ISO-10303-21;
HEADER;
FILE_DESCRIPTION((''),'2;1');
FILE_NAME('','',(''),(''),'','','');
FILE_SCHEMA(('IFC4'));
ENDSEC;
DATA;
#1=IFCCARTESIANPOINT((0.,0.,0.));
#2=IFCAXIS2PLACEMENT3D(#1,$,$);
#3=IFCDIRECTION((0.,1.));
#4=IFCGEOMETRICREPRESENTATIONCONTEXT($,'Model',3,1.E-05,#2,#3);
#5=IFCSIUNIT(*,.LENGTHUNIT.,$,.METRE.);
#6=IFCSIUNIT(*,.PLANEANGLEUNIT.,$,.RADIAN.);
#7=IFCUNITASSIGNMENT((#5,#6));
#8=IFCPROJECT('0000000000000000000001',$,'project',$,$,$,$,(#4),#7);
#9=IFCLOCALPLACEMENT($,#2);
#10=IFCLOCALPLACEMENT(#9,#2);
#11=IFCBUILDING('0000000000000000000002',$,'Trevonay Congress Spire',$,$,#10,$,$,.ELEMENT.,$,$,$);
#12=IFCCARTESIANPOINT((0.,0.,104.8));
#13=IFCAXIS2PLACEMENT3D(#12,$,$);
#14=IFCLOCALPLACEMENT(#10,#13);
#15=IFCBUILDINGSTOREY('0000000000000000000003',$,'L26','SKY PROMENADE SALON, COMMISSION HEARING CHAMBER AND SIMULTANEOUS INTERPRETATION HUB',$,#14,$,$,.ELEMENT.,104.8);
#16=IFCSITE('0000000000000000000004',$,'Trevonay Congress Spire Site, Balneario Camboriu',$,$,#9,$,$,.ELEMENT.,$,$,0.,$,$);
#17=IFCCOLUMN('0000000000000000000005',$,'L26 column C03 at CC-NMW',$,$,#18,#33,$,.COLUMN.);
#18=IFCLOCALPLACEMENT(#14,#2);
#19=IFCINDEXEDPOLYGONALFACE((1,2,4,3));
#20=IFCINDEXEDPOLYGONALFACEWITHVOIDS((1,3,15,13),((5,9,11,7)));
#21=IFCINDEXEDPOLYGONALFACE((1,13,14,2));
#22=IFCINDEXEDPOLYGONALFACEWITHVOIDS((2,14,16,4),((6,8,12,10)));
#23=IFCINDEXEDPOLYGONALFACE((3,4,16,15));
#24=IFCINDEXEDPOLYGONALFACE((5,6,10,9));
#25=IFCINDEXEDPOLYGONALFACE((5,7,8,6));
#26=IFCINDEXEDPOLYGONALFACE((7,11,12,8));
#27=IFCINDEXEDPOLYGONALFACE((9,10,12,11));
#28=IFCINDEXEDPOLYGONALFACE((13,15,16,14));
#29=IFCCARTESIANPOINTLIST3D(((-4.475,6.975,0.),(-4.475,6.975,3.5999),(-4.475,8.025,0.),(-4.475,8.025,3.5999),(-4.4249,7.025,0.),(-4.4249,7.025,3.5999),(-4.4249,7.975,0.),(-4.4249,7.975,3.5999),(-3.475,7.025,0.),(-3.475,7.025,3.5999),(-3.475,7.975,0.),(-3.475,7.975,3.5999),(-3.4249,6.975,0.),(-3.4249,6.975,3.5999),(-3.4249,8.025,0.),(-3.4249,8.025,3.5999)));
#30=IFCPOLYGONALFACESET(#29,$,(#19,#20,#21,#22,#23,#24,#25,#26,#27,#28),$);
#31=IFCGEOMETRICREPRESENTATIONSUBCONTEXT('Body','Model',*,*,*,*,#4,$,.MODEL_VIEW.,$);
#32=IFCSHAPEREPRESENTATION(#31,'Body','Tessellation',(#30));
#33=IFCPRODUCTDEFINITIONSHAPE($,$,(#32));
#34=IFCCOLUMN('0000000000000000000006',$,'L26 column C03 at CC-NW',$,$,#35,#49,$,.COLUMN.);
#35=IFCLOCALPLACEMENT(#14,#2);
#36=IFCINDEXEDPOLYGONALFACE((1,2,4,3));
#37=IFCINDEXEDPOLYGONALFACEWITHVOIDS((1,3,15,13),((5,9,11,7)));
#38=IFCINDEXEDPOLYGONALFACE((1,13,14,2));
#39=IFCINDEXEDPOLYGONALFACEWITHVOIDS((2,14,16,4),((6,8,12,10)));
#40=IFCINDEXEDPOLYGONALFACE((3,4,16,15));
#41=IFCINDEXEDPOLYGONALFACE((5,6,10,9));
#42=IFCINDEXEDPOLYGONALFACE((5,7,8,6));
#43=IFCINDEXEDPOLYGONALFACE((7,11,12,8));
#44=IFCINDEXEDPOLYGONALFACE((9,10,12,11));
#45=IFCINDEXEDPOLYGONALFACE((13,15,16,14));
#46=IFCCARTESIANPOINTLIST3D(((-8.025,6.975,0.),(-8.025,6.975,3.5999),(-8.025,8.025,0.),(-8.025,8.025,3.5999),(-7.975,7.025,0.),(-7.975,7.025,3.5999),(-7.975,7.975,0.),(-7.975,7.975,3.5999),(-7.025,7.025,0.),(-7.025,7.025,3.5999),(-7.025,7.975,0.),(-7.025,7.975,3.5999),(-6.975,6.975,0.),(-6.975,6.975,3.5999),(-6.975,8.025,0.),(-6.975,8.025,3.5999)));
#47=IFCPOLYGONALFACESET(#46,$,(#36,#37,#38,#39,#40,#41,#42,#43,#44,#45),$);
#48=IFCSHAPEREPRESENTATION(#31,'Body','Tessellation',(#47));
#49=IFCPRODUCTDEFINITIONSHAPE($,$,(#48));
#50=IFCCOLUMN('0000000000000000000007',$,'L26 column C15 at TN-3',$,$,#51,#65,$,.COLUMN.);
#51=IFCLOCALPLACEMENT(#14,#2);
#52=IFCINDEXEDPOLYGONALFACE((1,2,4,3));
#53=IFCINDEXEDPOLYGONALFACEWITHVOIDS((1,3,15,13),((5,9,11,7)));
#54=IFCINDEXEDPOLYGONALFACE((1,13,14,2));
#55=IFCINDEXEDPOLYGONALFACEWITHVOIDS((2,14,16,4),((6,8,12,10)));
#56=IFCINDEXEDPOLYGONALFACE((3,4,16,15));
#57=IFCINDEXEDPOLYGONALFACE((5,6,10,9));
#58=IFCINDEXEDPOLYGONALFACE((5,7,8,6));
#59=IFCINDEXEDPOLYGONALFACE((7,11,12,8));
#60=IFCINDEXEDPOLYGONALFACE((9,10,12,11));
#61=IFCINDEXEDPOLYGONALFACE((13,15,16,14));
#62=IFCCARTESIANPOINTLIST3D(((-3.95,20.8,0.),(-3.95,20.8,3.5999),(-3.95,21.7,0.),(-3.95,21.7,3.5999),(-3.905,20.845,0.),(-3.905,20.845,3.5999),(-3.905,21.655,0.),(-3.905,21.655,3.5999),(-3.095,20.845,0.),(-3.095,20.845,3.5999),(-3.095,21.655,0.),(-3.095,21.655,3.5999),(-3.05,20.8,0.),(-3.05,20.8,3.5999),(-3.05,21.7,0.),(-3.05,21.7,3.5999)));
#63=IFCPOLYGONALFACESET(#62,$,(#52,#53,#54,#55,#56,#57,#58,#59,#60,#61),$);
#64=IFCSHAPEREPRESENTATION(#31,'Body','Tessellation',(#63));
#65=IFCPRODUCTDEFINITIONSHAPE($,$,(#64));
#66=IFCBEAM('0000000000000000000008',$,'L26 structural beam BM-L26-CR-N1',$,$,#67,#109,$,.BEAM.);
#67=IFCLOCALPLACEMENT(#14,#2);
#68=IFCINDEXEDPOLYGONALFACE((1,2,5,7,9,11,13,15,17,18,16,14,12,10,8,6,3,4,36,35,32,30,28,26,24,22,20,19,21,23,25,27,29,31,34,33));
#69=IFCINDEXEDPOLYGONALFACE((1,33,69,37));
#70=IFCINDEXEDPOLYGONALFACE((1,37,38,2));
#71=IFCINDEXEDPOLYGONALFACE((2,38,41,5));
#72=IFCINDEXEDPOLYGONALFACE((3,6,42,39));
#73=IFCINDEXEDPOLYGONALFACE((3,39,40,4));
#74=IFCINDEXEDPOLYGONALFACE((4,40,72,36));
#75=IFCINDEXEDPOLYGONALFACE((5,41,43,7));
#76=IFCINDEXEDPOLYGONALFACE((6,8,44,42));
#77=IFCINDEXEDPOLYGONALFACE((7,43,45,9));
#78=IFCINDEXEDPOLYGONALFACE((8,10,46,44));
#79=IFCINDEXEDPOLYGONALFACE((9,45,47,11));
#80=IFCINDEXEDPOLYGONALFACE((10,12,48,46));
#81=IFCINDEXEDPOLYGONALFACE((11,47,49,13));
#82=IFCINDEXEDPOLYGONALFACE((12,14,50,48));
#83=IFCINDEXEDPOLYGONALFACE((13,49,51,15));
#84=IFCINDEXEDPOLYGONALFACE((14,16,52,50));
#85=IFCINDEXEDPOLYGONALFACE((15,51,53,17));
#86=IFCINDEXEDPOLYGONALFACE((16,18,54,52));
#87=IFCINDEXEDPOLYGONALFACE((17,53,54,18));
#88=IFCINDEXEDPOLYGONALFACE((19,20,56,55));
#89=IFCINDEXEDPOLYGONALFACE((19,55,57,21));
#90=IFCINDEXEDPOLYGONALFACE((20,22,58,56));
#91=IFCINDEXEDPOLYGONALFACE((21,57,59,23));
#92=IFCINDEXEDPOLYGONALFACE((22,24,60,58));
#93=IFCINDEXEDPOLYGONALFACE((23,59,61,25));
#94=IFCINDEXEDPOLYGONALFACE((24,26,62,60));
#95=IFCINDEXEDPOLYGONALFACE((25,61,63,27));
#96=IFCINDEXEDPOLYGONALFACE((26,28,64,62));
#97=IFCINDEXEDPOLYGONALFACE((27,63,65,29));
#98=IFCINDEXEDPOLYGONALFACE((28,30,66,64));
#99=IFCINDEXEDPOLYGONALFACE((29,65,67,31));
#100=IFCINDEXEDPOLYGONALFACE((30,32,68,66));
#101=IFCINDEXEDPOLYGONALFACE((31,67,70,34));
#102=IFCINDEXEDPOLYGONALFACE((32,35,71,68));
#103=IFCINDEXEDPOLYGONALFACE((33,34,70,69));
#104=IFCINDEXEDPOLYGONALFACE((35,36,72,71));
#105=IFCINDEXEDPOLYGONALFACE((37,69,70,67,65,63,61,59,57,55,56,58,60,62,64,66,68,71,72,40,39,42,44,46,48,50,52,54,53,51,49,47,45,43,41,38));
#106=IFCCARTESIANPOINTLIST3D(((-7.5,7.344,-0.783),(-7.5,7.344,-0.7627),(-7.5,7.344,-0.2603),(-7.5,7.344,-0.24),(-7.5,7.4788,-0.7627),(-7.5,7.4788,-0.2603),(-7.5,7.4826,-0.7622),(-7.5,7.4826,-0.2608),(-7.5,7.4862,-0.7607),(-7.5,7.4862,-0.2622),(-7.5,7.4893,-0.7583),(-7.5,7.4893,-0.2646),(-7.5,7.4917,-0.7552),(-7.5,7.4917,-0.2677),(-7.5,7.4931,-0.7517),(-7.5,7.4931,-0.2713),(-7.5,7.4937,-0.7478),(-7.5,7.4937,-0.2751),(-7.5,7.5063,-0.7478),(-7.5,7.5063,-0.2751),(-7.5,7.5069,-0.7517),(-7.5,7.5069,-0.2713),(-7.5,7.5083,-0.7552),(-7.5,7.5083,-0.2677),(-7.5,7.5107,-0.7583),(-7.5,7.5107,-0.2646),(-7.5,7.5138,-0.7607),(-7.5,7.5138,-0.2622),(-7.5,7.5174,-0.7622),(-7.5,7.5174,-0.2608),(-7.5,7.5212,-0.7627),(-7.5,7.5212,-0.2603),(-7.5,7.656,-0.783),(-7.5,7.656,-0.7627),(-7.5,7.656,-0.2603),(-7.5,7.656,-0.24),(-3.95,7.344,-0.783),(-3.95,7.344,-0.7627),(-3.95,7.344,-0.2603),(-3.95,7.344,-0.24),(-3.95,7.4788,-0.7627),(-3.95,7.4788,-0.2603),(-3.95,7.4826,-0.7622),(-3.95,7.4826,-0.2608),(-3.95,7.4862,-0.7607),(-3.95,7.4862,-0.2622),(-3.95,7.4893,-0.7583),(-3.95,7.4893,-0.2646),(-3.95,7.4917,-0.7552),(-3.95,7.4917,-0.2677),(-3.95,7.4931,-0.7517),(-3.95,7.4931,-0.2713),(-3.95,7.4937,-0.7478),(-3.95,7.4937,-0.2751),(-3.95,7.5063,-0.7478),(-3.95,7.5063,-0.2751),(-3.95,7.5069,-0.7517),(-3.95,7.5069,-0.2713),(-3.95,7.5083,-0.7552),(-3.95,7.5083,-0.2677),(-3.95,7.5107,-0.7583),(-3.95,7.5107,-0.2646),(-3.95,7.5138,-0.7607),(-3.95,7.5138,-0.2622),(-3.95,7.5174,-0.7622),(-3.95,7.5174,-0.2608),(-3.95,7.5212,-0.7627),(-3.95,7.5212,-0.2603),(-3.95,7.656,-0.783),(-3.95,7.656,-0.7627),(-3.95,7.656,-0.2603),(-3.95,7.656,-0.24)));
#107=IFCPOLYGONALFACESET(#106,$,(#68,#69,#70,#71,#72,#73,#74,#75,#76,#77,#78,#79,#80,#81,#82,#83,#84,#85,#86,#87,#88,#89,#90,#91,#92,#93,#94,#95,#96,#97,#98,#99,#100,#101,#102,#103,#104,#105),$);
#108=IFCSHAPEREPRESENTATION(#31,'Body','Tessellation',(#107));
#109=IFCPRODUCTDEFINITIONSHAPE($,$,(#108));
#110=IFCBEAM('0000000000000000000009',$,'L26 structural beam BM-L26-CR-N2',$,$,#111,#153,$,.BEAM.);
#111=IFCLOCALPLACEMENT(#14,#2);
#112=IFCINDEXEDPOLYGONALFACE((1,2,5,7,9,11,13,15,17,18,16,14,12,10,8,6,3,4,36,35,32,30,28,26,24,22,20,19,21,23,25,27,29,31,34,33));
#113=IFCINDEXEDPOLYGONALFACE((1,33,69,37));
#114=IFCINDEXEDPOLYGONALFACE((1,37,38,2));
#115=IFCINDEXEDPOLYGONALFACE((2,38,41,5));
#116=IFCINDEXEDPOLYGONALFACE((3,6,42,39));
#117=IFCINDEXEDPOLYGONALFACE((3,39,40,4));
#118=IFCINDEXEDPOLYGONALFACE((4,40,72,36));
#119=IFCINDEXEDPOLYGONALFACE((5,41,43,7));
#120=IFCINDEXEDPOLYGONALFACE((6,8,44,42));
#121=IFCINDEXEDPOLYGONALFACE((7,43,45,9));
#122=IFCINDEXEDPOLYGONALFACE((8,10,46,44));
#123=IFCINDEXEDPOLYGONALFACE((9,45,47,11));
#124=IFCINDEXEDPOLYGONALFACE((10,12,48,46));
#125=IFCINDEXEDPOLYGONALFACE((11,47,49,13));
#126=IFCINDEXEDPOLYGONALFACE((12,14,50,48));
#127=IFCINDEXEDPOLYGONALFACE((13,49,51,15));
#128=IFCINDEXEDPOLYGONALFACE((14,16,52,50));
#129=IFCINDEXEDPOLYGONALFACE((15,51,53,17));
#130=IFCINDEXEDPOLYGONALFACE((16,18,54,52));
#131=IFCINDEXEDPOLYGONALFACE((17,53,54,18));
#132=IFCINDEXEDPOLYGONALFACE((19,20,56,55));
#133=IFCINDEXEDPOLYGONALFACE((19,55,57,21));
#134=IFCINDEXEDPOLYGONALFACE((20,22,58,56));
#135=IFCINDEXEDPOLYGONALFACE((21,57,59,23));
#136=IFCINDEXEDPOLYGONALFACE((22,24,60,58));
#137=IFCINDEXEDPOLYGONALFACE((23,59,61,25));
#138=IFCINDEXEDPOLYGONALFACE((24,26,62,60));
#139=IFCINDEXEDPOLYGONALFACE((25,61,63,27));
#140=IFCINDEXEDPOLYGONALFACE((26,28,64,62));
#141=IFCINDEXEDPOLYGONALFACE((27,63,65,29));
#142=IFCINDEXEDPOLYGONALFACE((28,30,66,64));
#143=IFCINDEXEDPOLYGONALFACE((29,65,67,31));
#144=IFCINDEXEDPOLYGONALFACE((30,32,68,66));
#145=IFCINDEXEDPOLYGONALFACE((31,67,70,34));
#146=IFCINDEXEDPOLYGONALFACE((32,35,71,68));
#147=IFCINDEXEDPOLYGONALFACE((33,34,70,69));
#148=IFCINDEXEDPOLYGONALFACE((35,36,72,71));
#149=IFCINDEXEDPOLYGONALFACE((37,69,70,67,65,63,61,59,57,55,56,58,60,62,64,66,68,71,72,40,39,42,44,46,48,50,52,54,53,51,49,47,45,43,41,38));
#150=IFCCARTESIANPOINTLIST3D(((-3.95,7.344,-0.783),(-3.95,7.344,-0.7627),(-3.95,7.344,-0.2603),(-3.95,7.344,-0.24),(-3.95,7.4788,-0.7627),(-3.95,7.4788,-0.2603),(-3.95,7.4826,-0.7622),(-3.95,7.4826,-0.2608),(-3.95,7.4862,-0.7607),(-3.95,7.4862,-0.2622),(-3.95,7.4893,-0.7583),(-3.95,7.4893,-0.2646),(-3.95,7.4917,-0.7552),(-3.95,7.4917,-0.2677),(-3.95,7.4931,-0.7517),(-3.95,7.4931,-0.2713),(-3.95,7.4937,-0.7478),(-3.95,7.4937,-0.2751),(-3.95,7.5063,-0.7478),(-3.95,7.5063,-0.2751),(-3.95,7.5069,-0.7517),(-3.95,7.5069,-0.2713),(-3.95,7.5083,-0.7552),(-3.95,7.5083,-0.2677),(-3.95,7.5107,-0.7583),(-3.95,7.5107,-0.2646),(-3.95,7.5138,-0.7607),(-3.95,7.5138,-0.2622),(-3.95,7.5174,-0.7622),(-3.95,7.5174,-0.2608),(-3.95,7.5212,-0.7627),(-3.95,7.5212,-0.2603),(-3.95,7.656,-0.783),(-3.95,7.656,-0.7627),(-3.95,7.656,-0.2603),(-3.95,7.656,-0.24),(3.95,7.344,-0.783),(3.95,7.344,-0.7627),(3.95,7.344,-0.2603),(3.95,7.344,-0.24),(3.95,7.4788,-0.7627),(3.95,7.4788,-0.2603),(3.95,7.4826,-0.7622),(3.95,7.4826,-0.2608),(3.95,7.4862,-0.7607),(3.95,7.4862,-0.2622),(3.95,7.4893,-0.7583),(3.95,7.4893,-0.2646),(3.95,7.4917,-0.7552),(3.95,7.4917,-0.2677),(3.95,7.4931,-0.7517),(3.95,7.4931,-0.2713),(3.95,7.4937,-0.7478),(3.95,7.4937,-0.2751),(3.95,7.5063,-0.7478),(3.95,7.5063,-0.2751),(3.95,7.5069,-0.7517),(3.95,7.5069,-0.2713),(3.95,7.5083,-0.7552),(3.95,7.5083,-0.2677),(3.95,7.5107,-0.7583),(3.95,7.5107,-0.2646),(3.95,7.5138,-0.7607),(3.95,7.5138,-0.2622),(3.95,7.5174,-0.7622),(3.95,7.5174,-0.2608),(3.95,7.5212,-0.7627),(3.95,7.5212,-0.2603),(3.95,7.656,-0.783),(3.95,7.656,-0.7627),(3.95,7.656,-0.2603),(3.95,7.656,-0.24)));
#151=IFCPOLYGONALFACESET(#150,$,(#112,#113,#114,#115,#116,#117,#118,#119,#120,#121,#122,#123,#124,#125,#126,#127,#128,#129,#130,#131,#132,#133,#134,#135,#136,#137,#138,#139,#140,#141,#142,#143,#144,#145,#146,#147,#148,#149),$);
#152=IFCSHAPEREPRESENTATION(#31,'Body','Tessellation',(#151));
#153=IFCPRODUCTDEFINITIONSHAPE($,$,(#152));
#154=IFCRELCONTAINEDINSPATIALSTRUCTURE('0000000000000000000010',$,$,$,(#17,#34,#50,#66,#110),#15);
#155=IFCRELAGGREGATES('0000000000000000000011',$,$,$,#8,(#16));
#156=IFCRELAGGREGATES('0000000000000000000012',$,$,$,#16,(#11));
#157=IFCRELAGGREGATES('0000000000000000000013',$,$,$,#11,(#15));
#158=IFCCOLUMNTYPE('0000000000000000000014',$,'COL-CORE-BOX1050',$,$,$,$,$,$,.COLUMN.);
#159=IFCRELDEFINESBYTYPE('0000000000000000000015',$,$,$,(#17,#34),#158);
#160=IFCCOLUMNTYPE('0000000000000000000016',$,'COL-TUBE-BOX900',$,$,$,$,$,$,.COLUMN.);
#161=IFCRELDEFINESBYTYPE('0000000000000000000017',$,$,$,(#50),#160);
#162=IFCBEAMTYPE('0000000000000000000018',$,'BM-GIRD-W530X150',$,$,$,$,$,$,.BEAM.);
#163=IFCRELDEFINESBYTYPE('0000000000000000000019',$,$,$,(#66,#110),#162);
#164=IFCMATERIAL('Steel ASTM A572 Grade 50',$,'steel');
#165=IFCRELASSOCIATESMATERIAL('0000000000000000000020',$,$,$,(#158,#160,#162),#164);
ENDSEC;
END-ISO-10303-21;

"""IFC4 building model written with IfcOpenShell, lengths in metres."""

from ifc_helpers import new_model, si_unit, direction, frame, origin, origin_2d, place, context, subcontext, project, spatial, hollow_rectangle, i_section, extrude, material, material_profile, profile_set, type_object, element, save


model = new_model("IFC4")

# Units and contexts
model_context = context("Model", 3, precision=1e-05, world=origin(), true_north=direction((0.0, 1.0)))
body_context = subcontext(model_context, "Body", "Model", "MODEL_VIEW")
ifc_project = project(units=[si_unit("LENGTHUNIT", "METRE"), si_unit("PLANEANGLEUNIT", "RADIAN")], contexts=[model_context])

# Site, building, storey
site_placement = place(None, origin())
site = spatial("IfcSite", under=ifc_project, at=site_placement, Name="Trevonay Congress Spire Site, Balneario Camboriu", CompositionType="ELEMENT", RefElevation=0.0)
building_placement = place(site_placement, origin())
building = spatial("IfcBuilding", under=site, at=building_placement, Name="Trevonay Congress Spire", CompositionType="ELEMENT")
storey_placement = place(building_placement, frame((0.0, 0.0, 104.8)))
storey = spatial("IfcBuildingStorey", under=building, at=storey_placement, Name="L26", Description="SKY PROMENADE SALON, COMMISSION HEARING CHAMBER AND SIMULTANEOUS INTERPRETATION HUB", CompositionType="ELEMENT", Elevation=104.8)

# Columns
ifc_material_1 = material(Name="Steel ASTM A572 Grade 50", Category="steel")
ifc_material_profile_1 = material_profile(ifc_material_1, hollow_rectangle(XDim=1.05, YDim=1.05, WallThickness=0.05, at=origin_2d()), Name="BOX 1050x1050x50")
ifc_profile_set_1 = profile_set([ifc_material_profile_1], Name="Steel ASTM A572 Grade 50")
column_type_1 = type_object("IfcColumnType", Name="COL-CORE-BOX1050", PredefinedType="COLUMN", material=ifc_profile_set_1)
for number, where, z_axis, x_axis, name in (
    (1, (-3.95, 7.5, 0.0), (0.0, 0.0, 1.0), (1.0, 0.0, 0.0), "L26 column C03 at CC-NMW"),
    (2, (-7.5, 7.5, 0.0), (0.0, 0.0, 1.0), (1.0, 0.0, 0.0), "L26 column C03 at CC-NW"),
):
    element("IfcColumn", number, at=place(storey_placement, frame(where, z_axis=z_axis, x_axis=x_axis)), inside=storey, type_object=column_type_1, Name=name, PredefinedType="COLUMN", context=body_context, shape_type="SweptSolid", body=[
        extrude(hollow_rectangle(XDim=1.05, YDim=1.05, WallThickness=0.05, at=origin_2d()), origin(), (0.0, 0.0, 1.0), 3.5999),
    ])
ifc_material_profile_2 = material_profile(ifc_material_1, hollow_rectangle(XDim=0.8999, YDim=0.8999, WallThickness=0.0449, at=origin_2d()), Name="BOX 900x900x45")
ifc_profile_set_2 = profile_set([ifc_material_profile_2], Name="Steel ASTM A572 Grade 50")
column_type_2 = type_object("IfcColumnType", Name="COL-TUBE-BOX900", PredefinedType="COLUMN", material=ifc_profile_set_2)
column_placement = place(storey_placement, frame((-3.5, 21.25, 0.0), z_axis=(0.0, 0.0, 1.0), x_axis=(1.0, 0.0, 0.0)))
element("IfcColumn", 3, at=column_placement, inside=storey, type_object=column_type_2, Name="L26 column C15 at TN-3", PredefinedType="COLUMN", context=body_context, shape_type="SweptSolid", body=[
    extrude(hollow_rectangle(XDim=0.8999, YDim=0.8999, WallThickness=0.0449, at=origin_2d()), origin(), (0.0, 0.0, 1.0), 3.5999),
])

# Beams
ifc_material_profile_3 = material_profile(ifc_material_1, i_section(OverallWidth=0.312, OverallDepth=0.543, WebThickness=0.0127, FlangeThickness=0.0203, FilletRadius=0.0149, at=origin_2d()), Name="W530x150")
ifc_profile_set_3 = profile_set([ifc_material_profile_3], Name="Steel ASTM A572 Grade 50")
beam_type_1 = type_object("IfcBeamType", Name="BM-GIRD-W530X150", PredefinedType="BEAM", material=ifc_profile_set_3)
beam_1_placement = place(storey_placement, frame((-7.5, 7.5, -0.5115), z_axis=(1.0, 0.0, 0.0), x_axis=(0.0, 1.0, 0.0)))
element("IfcBeam", 4, at=beam_1_placement, inside=storey, type_object=beam_type_1, Name="L26 structural beam BM-L26-CR-N1", PredefinedType="BEAM", context=body_context, shape_type="SweptSolid", body=[
    extrude(i_section(OverallWidth=0.312, OverallDepth=0.543, WebThickness=0.0127, FlangeThickness=0.0203, FilletRadius=0.0149, at=origin_2d()), origin(), (0.0, 0.0, 1.0), 3.55),
])
beam_2_placement = place(storey_placement, frame((-3.95, 7.5, -0.5115), z_axis=(1.0, 0.0, 0.0), x_axis=(0.0, 1.0, 0.0)))
element("IfcBeam", 5, at=beam_2_placement, inside=storey, type_object=beam_type_1, Name="L26 structural beam BM-L26-CR-N2", PredefinedType="BEAM", context=body_context, shape_type="SweptSolid", body=[
    extrude(i_section(OverallWidth=0.312, OverallDepth=0.543, WebThickness=0.0127, FlangeThickness=0.0203, FilletRadius=0.0149, at=origin_2d()), origin(), (0.0, 0.0, 1.0), 7.8999),
])

save(model, "model.ifc")
